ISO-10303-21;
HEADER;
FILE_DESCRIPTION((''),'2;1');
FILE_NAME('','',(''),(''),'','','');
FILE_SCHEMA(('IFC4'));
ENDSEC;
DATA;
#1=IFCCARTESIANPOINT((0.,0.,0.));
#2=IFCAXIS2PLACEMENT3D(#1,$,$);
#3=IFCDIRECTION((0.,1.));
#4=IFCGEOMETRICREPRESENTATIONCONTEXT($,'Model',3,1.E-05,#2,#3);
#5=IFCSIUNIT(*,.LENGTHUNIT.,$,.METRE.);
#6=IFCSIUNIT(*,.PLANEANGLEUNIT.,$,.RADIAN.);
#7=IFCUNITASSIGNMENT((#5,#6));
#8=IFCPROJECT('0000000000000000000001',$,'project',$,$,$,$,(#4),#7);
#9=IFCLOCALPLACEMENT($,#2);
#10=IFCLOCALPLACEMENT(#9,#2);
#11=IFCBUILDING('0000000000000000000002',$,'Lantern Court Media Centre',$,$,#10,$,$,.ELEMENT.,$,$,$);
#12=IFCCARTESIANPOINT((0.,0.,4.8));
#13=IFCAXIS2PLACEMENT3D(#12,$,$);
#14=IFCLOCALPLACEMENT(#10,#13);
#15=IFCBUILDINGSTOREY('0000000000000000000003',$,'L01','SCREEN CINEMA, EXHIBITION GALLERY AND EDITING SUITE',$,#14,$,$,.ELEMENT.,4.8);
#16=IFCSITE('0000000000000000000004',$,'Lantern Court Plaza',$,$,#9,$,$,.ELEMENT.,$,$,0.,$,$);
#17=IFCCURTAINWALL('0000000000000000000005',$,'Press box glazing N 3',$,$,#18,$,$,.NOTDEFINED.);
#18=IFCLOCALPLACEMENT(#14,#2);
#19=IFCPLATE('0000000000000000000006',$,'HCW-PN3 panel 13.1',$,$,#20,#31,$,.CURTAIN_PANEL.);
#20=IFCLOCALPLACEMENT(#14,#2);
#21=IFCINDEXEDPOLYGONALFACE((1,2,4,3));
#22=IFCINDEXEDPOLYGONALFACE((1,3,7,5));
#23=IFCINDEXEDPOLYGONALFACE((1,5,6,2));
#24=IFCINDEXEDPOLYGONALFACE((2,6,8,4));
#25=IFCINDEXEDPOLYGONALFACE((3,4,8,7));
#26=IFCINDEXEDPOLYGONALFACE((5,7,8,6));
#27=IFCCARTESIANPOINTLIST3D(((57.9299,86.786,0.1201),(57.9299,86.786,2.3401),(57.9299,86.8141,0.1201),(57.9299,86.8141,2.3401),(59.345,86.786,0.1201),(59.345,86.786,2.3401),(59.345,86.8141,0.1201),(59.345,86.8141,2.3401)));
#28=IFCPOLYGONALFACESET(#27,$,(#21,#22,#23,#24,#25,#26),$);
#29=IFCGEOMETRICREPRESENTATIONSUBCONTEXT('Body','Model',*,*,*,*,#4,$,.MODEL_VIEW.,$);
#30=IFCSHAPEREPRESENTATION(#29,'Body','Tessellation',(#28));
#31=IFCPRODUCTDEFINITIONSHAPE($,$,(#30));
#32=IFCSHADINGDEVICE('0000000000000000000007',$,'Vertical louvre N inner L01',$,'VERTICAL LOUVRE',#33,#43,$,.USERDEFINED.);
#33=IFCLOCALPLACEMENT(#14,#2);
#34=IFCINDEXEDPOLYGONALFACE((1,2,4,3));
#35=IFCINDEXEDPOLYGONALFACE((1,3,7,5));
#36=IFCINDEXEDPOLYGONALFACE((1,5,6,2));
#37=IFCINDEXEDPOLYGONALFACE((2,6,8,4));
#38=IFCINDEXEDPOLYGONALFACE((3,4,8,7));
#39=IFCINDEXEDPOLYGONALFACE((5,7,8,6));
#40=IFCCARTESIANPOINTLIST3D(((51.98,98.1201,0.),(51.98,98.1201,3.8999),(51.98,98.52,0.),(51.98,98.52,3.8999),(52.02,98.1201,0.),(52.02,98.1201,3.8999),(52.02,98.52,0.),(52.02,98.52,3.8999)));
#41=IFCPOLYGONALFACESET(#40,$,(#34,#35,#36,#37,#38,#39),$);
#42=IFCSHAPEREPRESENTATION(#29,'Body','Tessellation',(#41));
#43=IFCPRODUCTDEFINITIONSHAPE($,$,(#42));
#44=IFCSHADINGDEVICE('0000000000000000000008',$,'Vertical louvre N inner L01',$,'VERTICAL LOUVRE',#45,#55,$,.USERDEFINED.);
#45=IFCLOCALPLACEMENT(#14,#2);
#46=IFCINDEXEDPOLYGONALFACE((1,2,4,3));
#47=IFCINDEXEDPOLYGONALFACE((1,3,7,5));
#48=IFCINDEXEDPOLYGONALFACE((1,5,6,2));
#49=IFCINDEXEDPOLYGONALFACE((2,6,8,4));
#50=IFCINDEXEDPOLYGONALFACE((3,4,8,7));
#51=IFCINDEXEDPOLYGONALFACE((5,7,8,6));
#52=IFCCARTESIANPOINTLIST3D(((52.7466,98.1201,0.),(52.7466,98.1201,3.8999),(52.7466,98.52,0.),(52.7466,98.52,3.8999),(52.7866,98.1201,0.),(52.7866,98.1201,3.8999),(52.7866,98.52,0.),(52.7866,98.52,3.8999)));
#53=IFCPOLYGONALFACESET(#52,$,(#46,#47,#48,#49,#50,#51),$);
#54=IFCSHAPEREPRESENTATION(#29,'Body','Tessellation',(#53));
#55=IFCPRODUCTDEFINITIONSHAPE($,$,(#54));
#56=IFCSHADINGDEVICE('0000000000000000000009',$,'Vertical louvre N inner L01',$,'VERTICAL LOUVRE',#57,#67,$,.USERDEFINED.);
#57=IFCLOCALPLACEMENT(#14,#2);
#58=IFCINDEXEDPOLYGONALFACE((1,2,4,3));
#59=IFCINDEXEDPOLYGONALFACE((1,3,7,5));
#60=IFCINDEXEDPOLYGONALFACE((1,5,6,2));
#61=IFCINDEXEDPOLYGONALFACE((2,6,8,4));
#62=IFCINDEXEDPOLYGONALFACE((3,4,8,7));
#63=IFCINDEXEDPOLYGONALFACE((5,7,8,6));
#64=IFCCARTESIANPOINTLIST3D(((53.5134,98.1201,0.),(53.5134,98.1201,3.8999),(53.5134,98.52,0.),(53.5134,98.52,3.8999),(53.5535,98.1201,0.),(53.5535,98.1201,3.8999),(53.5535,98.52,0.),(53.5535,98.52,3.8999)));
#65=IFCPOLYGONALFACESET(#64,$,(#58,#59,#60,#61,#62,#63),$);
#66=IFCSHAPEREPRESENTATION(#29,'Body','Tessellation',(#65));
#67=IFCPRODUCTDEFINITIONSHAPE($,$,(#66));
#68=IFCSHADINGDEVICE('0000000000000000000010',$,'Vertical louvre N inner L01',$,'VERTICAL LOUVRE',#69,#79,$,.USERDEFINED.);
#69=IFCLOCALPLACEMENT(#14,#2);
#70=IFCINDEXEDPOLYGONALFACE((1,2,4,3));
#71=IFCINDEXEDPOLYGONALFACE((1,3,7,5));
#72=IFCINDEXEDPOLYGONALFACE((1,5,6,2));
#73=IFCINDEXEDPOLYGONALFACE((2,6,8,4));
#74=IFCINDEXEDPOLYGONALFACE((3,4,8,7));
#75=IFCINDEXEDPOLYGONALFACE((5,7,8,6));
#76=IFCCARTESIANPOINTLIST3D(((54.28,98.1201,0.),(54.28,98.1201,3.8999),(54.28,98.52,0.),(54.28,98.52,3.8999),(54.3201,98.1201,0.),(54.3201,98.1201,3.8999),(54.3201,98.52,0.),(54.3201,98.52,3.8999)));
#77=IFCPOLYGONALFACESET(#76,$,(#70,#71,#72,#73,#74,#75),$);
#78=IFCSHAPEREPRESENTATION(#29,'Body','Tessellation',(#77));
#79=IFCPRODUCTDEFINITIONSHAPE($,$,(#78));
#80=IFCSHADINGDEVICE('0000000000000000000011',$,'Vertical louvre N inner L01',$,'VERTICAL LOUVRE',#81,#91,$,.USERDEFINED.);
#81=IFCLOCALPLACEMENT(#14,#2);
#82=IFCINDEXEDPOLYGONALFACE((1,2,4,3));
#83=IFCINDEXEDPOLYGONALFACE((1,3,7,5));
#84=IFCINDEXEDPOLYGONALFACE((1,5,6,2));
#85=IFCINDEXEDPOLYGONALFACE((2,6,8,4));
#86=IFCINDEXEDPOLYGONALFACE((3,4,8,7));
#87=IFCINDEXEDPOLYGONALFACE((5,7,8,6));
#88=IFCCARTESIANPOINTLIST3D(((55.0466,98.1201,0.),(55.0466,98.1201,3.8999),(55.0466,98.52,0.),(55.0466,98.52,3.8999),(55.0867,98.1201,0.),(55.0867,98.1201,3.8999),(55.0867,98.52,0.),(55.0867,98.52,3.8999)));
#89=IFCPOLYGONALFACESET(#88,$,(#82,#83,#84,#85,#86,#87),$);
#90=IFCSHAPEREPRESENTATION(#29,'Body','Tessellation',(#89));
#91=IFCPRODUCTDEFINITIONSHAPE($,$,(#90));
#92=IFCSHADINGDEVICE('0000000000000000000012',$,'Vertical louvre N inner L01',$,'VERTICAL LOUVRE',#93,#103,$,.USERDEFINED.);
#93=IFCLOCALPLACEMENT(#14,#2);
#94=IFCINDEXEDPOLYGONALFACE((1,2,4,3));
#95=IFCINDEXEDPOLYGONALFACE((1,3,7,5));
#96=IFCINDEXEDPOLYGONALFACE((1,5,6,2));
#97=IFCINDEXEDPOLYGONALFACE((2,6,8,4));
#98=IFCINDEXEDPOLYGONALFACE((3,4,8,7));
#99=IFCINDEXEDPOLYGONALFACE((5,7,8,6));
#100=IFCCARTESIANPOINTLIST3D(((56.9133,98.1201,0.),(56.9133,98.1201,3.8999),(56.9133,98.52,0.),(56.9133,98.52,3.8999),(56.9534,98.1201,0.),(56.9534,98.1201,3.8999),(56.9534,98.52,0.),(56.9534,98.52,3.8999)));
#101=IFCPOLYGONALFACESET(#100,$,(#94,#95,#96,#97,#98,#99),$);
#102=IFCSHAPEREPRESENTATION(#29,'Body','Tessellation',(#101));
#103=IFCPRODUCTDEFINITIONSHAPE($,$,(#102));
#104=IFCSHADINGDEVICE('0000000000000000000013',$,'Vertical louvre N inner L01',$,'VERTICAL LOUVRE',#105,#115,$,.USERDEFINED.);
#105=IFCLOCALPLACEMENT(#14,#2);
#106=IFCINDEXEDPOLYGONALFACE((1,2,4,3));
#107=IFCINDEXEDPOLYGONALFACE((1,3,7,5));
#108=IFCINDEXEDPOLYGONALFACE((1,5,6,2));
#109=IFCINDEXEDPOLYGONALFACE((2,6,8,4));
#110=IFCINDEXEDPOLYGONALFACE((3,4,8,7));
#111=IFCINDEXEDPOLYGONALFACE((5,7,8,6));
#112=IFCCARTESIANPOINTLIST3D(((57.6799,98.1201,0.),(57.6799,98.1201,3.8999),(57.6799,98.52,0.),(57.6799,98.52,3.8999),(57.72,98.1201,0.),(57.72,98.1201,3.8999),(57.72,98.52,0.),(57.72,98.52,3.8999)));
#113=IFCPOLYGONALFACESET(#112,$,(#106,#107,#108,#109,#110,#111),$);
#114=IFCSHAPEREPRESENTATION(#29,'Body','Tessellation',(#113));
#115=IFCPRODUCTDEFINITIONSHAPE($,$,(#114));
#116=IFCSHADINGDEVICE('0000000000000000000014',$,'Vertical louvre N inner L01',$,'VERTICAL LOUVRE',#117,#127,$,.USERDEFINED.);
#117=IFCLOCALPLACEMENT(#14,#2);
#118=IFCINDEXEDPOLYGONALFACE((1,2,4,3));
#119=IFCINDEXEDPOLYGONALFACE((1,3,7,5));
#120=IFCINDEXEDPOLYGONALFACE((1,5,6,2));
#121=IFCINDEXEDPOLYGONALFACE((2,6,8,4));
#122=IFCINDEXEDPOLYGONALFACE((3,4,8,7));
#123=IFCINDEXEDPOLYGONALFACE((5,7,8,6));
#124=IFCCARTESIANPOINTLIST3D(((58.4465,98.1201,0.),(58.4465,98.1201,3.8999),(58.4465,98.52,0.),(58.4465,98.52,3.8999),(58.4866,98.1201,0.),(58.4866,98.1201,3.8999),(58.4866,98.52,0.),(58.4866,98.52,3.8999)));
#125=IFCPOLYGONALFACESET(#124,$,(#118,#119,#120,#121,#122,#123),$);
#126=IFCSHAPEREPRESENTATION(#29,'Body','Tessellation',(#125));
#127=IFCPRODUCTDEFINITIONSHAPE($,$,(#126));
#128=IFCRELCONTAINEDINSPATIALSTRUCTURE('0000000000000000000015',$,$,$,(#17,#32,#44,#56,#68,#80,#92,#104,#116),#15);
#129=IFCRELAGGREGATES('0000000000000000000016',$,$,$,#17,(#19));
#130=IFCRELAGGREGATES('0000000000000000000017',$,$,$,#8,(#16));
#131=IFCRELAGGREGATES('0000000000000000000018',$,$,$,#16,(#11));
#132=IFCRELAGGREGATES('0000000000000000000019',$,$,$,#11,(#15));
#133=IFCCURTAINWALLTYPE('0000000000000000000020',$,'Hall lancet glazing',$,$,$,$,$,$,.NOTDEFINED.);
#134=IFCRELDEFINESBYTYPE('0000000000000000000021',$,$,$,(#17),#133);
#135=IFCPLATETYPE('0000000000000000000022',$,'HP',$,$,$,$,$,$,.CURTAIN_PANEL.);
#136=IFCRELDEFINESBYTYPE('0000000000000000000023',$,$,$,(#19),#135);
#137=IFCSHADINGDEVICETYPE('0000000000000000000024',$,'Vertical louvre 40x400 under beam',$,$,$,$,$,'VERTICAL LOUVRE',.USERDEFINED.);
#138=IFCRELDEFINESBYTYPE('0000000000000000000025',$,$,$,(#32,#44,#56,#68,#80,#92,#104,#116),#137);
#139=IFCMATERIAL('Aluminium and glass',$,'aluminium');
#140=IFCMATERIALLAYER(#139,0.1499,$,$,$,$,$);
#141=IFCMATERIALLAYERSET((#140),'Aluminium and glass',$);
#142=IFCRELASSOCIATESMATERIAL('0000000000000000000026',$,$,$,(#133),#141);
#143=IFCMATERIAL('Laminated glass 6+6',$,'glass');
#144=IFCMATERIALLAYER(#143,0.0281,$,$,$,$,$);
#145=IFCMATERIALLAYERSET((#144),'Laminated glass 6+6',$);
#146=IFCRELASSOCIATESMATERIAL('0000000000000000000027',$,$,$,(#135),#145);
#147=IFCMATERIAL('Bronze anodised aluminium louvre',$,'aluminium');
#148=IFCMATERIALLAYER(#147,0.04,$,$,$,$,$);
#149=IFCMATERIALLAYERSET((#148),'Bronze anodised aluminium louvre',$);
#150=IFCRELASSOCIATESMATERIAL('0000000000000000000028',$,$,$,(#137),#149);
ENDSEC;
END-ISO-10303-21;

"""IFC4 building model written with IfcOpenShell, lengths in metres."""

from ifc_helpers import new_model, si_unit, direction, frame, origin, origin_2d, place, context, subcontext, project, spatial, rectangle, extrude, material, layer, layer_set, type_object, element, aggregate, save


model = new_model("IFC4")

# Units and contexts
model_context = context("Model", 3, precision=1e-05, world=origin(), true_north=direction((0.0, 1.0)))
body_context = subcontext(model_context, "Body", "Model", "MODEL_VIEW")
ifc_project = project(units=[si_unit("LENGTHUNIT", "METRE"), si_unit("PLANEANGLEUNIT", "RADIAN")], contexts=[model_context])

# Site, building, storey
site_placement = place(None, origin())
site = spatial("IfcSite", under=ifc_project, at=site_placement, Name="Lantern Court Plaza", CompositionType="ELEMENT", RefElevation=0.0)
building_placement = place(site_placement, origin())
building = spatial("IfcBuilding", under=site, at=building_placement, Name="Lantern Court Media Centre", CompositionType="ELEMENT")
storey_placement = place(building_placement, frame((0.0, 0.0, 4.8)))
storey = spatial("IfcBuildingStorey", under=building, at=storey_placement, Name="L01", Description="SCREEN CINEMA, EXHIBITION GALLERY AND EDITING SUITE", CompositionType="ELEMENT", Elevation=4.8)

# Curtain wall
ifc_material_1 = material(Name="Aluminium and glass", Category="aluminium")
ifc_layer_1 = layer(ifc_material_1, 0.1499)
ifc_layer_set_1 = layer_set([ifc_layer_1], Name="Aluminium and glass")
curtain_wall_type = type_object("IfcCurtainWallType", Name="Hall lancet glazing", PredefinedType="NOTDEFINED", material=ifc_layer_set_1)
curtain_wall_placement = place(storey_placement, origin())
curtain_wall = element("IfcCurtainWall", 1, at=curtain_wall_placement, inside=storey, type_object=curtain_wall_type, Name="Press box glazing N 3", PredefinedType="NOTDEFINED")

# Plate
ifc_material_2 = material(Name="Laminated glass 6+6", Category="glass")
ifc_layer_2 = layer(ifc_material_2, 0.0281)
ifc_layer_set_2 = layer_set([ifc_layer_2], Name="Laminated glass 6+6")
plate_type = type_object("IfcPlateType", Name="HP", PredefinedType="CURTAIN_PANEL", material=ifc_layer_set_2)
plate_1_placement = place(storey_placement, frame((58.6375, 86.8, 0.1201), z_axis=(0.0, 0.0, 1.0), x_axis=(1.0, 0.0, 0.0)))
plate_1 = element("IfcPlate", 2, at=plate_1_placement, type_object=plate_type, Name="HCW-PN3 panel 13.1", PredefinedType="CURTAIN_PANEL", context=body_context, shape_type="SweptSolid", body=[
    extrude(rectangle(XDim=1.415, YDim=0.0281, at=origin_2d()), origin(), (0.0, 0.0, 1.0), 2.22),
])
aggregate(curtain_wall, [plate_1])

# Shading devices
ifc_material_3 = material(Name="Bronze anodised aluminium louvre", Category="aluminium")
ifc_layer_3 = layer(ifc_material_3, 0.04)
ifc_layer_set_3 = layer_set([ifc_layer_3], Name="Bronze anodised aluminium louvre")
shading_device_type = type_object("IfcShadingDeviceType", Name="Vertical louvre 40x400 under beam", ElementType="VERTICAL LOUVRE", PredefinedType="USERDEFINED", material=ifc_layer_set_3)
for number, where, z_axis, x_axis, name in (
    (3, (52.0, 98.3201, 0.0), (0.0, 0.0, 1.0), (1.0, 0.0, 0.0), "Vertical louvre N inner L01"),
    (4, (52.7666, 98.3201, 0.0), (0.0, 0.0, 1.0), (1.0, 0.0, 0.0), "Vertical louvre N inner L01"),
    (5, (53.5334, 98.3201, 0.0), (0.0, 0.0, 1.0), (1.0, 0.0, 0.0), "Vertical louvre N inner L01"),
    (6, (54.3, 98.3201, 0.0), (0.0, 0.0, 1.0), (1.0, 0.0, 0.0), "Vertical louvre N inner L01"),
    (7, (55.0667, 98.3201, 0.0), (0.0, 0.0, 1.0), (1.0, 0.0, 0.0), "Vertical louvre N inner L01"),
    (8, (56.9333, 98.3201, 0.0), (0.0, 0.0, 1.0), (1.0, 0.0, 0.0), "Vertical louvre N inner L01"),
    (9, (57.7, 98.3201, 0.0), (0.0, 0.0, 1.0), (1.0, 0.0, 0.0), "Vertical louvre N inner L01"),
    (10, (58.4666, 98.3201, 0.0), (0.0, 0.0, 1.0), (1.0, 0.0, 0.0), "Vertical louvre N inner L01"),
):
    element("IfcShadingDevice", number, at=place(storey_placement, frame(where, z_axis=z_axis, x_axis=x_axis)), inside=storey, type_object=shading_device_type, Name=name, ObjectType="VERTICAL LOUVRE", PredefinedType="USERDEFINED", context=body_context, shape_type="SweptSolid", body=[
        extrude(rectangle(XDim=0.04, YDim=0.3999, at=origin_2d()), origin(), (0.0, 0.0, 1.0), 3.8999),
    ])

save(model, "model.ifc")
